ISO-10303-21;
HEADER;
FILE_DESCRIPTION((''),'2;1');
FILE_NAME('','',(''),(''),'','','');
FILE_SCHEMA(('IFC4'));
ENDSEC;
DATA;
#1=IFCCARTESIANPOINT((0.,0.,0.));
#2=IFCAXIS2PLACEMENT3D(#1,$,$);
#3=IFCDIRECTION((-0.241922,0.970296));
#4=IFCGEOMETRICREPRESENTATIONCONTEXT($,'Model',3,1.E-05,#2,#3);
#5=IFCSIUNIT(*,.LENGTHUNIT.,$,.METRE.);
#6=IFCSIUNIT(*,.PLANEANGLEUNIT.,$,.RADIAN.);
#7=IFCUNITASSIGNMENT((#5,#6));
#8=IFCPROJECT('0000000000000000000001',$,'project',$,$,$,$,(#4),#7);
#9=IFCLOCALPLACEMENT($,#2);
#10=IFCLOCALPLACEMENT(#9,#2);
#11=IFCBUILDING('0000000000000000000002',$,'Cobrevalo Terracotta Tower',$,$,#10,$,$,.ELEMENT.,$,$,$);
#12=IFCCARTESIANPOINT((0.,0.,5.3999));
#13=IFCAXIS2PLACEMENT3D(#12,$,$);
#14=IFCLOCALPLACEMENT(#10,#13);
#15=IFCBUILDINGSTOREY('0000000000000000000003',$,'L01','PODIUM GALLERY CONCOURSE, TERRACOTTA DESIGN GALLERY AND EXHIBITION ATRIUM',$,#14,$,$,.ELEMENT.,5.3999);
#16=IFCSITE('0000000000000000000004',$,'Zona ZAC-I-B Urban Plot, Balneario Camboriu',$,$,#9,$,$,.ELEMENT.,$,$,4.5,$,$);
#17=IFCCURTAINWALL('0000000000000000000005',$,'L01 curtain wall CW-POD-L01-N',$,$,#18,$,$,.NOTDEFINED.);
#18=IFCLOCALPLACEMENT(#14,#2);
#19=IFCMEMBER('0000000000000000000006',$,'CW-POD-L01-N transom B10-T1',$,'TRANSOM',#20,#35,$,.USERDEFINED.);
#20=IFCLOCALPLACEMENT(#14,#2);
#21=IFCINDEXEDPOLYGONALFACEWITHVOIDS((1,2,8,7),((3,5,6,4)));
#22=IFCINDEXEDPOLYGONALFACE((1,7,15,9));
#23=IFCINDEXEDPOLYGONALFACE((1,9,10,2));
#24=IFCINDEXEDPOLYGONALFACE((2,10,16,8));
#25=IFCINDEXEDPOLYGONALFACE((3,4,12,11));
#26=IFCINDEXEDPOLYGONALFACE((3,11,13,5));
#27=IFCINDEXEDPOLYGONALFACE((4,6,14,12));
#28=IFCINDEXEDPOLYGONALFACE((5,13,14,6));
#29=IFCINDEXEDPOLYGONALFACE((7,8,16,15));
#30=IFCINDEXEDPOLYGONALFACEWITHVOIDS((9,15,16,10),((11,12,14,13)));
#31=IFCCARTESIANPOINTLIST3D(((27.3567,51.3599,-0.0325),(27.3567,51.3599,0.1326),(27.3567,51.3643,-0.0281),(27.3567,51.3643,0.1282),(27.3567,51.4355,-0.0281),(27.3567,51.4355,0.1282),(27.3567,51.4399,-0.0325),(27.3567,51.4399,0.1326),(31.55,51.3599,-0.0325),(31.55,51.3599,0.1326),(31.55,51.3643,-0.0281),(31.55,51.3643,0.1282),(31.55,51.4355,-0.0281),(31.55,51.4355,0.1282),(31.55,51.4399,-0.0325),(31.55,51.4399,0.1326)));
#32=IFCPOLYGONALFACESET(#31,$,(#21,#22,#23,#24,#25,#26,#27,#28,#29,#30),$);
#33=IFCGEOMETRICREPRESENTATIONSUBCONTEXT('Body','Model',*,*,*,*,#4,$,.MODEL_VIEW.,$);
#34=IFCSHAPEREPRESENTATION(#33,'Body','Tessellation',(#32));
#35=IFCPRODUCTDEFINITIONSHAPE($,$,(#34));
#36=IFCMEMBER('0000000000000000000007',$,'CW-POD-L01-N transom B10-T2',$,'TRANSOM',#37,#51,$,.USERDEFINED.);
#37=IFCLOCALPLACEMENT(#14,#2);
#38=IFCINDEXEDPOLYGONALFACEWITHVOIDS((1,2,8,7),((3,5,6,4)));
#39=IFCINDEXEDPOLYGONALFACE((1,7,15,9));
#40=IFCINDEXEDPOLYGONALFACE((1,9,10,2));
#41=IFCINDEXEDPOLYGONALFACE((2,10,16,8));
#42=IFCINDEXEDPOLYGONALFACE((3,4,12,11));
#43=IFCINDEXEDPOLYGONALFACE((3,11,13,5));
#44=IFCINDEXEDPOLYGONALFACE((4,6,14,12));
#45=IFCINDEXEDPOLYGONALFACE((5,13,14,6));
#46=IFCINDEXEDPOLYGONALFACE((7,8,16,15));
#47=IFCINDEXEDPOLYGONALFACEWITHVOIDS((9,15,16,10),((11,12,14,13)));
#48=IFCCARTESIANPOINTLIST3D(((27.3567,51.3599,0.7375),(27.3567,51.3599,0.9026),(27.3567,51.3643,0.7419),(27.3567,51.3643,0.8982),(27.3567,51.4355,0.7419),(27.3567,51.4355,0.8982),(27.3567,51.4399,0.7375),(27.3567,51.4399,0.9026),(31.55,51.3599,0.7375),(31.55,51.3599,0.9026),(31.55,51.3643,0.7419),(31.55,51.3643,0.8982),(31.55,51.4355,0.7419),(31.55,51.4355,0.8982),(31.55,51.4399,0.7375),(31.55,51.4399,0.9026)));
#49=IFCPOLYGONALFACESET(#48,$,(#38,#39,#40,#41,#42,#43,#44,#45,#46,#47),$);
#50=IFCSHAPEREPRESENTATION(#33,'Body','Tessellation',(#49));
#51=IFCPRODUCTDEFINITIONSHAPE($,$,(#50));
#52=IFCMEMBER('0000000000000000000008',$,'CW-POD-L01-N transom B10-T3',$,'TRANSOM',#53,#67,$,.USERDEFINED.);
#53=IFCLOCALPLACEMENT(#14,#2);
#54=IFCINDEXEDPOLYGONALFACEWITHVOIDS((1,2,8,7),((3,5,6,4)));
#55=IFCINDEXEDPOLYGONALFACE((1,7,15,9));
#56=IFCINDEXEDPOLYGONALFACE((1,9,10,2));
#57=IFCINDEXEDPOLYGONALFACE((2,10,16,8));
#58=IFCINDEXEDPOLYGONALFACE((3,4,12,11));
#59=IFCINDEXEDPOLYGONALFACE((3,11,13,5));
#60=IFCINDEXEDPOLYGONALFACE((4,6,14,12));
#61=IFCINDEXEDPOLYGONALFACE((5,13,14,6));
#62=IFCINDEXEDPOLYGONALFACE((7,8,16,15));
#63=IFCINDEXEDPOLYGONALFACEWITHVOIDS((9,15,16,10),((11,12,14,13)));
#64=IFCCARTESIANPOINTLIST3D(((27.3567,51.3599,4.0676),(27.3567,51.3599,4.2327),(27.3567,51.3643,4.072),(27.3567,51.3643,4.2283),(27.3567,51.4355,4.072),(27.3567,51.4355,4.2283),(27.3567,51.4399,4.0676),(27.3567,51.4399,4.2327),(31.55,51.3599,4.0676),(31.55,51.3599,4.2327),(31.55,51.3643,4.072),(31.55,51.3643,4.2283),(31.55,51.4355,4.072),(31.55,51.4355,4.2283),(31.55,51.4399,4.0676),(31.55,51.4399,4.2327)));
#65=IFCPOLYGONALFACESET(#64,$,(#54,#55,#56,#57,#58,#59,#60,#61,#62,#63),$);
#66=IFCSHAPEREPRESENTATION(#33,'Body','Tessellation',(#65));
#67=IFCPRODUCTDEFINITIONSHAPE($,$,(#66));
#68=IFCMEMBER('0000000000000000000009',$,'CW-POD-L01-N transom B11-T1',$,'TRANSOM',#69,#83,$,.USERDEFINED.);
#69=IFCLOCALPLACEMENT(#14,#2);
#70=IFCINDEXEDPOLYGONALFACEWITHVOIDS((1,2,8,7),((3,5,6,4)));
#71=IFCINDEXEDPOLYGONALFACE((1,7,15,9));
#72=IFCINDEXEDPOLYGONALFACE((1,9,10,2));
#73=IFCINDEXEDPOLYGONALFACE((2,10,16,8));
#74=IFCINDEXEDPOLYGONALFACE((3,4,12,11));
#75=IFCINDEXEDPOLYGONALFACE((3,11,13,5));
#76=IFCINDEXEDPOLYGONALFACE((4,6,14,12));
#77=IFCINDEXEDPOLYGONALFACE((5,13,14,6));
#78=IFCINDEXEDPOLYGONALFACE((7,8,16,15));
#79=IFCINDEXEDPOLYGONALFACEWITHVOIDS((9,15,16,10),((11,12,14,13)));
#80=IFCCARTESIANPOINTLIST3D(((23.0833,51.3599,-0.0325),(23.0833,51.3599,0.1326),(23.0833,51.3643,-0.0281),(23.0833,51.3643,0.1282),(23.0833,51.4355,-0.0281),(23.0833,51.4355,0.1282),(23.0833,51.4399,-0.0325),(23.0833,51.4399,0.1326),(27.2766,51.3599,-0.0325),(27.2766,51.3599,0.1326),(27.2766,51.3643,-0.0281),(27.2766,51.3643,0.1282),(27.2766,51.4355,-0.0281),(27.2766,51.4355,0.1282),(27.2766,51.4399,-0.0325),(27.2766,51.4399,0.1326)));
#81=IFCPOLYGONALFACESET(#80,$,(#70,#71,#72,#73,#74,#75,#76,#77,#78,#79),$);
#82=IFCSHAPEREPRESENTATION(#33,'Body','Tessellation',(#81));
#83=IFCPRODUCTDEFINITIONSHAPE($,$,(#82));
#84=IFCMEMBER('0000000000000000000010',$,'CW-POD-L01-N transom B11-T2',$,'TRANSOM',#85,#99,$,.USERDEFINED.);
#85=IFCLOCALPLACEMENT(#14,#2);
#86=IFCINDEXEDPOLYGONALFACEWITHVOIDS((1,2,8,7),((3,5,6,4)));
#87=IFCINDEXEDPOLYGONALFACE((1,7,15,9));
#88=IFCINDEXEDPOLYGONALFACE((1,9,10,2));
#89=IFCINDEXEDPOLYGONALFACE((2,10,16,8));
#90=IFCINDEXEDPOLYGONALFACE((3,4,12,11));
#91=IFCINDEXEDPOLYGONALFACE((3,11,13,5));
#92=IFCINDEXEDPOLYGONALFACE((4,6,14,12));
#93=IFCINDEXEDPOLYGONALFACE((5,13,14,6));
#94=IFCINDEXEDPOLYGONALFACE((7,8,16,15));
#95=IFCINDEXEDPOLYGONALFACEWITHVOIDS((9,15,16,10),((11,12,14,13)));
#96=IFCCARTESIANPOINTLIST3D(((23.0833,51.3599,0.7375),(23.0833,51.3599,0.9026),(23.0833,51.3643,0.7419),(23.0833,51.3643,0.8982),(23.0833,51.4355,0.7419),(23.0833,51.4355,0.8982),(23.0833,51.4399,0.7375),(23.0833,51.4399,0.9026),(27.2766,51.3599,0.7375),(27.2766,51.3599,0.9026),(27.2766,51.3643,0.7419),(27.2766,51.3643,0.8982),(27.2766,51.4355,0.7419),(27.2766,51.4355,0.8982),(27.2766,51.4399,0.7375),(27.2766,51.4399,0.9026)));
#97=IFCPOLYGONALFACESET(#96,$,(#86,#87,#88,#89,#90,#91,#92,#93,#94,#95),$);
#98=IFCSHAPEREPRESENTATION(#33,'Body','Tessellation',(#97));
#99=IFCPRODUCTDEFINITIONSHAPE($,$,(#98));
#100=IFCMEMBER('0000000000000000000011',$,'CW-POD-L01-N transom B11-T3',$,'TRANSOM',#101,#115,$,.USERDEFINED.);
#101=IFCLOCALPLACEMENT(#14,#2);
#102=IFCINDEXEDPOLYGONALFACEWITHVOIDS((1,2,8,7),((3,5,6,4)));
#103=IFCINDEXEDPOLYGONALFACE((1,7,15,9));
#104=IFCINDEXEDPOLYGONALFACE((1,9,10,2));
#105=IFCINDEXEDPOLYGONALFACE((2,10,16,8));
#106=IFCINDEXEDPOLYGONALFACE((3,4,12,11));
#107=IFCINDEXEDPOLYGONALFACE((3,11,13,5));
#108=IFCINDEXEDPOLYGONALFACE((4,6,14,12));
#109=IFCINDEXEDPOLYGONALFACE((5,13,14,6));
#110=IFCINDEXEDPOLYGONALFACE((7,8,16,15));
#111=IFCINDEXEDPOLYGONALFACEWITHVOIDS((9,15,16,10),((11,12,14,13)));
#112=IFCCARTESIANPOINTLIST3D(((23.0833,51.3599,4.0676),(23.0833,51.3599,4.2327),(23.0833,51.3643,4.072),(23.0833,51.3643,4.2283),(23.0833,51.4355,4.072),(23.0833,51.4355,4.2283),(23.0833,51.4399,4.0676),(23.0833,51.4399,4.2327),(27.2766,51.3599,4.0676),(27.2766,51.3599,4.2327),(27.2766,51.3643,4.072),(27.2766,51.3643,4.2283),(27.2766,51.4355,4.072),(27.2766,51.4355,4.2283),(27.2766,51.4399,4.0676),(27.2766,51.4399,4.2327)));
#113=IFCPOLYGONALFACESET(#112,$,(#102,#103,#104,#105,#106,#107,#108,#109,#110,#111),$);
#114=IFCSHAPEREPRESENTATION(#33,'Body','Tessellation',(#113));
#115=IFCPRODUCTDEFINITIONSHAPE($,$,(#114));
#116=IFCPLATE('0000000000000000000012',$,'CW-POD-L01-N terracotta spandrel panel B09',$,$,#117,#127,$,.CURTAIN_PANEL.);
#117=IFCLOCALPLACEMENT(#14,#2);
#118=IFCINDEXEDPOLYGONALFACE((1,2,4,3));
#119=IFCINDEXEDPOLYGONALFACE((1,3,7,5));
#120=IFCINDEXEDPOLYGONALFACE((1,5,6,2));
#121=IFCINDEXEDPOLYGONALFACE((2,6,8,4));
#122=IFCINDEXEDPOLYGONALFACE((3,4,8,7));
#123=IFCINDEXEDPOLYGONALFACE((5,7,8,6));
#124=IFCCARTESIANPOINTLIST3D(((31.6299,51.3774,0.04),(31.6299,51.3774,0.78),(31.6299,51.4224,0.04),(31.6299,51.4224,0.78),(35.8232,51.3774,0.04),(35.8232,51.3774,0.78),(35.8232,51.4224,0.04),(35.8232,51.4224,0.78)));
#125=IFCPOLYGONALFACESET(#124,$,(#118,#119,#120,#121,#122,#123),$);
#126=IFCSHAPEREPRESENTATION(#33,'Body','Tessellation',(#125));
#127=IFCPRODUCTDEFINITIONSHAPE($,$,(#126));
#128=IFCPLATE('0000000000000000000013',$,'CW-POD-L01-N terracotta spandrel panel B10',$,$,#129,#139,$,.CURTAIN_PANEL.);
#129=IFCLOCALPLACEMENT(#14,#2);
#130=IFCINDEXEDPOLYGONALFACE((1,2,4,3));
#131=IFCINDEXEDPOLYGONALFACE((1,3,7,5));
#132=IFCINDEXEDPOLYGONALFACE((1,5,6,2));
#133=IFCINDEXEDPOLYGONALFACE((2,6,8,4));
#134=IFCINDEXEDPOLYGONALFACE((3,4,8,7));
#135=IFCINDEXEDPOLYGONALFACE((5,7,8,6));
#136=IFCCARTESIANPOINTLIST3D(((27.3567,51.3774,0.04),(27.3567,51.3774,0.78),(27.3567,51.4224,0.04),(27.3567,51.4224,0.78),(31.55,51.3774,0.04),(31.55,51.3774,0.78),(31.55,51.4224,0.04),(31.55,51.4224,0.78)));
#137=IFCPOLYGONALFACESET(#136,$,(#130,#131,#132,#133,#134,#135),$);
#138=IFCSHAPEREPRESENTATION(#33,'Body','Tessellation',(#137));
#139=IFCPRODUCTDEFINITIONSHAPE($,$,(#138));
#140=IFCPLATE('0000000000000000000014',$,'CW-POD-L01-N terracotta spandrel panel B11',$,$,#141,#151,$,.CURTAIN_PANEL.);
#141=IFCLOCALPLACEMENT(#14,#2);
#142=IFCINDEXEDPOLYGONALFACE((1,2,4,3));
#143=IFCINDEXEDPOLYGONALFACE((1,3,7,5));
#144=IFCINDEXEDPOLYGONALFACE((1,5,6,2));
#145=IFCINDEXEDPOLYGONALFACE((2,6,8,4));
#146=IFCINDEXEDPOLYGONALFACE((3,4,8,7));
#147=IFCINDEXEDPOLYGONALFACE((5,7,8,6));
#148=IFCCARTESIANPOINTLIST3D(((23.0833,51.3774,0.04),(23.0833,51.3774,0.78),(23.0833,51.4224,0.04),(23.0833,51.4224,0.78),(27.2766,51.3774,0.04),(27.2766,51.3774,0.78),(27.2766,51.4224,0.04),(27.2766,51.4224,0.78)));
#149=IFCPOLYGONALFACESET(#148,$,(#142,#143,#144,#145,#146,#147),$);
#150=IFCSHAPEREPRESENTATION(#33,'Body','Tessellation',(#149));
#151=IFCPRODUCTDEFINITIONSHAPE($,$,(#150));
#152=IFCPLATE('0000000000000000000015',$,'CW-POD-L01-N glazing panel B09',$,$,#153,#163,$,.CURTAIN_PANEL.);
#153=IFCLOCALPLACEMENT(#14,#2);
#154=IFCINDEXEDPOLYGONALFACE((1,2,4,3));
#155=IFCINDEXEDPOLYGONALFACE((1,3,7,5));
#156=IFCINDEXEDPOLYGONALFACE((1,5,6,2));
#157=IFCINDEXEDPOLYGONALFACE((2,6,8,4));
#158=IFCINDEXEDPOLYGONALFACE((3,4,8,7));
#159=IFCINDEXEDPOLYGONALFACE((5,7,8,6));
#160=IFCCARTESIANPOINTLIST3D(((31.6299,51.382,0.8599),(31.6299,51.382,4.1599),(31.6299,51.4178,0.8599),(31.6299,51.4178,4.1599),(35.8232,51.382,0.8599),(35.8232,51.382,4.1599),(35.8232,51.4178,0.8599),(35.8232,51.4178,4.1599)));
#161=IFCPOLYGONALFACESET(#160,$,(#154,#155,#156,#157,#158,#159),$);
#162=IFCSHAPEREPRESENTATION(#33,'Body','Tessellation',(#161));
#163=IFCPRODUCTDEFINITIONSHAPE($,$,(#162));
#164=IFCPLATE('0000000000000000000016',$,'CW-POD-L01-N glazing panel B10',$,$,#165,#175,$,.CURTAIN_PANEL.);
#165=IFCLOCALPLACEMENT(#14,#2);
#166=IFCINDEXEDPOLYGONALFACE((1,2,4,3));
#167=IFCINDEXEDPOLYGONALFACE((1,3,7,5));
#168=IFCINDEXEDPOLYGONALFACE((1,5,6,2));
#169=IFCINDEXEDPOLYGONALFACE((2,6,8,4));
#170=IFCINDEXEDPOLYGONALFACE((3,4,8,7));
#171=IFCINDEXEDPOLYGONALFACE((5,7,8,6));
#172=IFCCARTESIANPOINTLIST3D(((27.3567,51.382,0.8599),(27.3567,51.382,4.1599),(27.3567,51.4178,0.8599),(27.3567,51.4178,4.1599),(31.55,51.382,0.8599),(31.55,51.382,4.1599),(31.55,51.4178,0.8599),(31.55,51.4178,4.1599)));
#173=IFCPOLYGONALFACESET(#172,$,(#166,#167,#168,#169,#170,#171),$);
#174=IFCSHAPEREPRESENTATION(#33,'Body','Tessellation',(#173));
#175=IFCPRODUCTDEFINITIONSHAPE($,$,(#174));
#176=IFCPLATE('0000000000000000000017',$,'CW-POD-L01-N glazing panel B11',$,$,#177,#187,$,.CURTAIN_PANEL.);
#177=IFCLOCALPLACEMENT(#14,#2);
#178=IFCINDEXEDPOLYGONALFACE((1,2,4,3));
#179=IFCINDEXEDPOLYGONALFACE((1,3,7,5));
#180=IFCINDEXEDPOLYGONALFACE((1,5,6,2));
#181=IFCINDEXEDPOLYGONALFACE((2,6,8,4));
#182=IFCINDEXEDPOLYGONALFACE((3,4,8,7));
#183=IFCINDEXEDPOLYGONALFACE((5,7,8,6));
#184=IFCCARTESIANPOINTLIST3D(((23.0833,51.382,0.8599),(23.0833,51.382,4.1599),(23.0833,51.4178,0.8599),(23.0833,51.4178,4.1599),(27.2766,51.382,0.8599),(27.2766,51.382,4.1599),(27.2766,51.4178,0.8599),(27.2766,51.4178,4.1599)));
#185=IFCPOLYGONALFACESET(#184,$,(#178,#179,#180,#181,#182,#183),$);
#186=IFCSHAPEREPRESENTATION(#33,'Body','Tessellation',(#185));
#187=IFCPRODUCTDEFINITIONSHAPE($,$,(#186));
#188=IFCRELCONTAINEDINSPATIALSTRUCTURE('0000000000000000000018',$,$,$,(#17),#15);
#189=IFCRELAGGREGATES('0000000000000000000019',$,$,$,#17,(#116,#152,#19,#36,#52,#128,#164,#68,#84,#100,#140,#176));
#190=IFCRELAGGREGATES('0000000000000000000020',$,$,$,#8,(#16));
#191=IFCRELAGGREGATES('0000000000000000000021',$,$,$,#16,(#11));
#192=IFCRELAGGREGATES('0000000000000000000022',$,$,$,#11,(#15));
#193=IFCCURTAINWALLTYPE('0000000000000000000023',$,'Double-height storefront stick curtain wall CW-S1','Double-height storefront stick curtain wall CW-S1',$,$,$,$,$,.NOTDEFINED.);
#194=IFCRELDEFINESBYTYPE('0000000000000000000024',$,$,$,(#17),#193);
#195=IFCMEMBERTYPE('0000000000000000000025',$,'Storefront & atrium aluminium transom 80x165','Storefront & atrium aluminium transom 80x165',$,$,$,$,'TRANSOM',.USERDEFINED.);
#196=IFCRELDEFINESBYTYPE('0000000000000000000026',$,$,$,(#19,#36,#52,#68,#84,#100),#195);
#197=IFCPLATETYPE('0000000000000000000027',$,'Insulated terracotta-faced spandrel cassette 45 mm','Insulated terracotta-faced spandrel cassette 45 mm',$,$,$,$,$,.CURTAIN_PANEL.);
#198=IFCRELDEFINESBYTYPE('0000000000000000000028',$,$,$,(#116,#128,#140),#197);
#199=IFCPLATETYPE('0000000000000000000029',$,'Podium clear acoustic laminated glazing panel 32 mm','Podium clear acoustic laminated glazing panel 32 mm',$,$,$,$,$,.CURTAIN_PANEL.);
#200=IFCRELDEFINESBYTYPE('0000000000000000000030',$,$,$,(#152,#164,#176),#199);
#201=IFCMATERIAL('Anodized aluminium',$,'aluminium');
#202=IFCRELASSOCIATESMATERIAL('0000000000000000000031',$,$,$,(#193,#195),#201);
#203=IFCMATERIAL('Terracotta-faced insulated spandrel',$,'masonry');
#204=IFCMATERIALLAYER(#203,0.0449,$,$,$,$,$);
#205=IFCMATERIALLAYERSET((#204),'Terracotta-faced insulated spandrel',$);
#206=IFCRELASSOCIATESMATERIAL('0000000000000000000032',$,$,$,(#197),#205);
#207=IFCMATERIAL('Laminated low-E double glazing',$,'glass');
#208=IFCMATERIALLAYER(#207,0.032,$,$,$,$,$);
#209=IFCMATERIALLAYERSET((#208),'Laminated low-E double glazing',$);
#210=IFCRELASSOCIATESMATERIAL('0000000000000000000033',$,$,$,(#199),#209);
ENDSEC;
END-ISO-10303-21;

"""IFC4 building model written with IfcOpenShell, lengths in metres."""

from ifc_helpers import new_model, si_unit, direction, frame, origin, origin_2d, place, context, subcontext, project, spatial, rectangle, hollow_rectangle, extrude, source, transform, mapped, material, layer, layer_set, material_profile, profile_set, type_object, element, aggregate, save


model = new_model("IFC4")

# Units and contexts
model_context = context("Model", 3, precision=1e-05, world=origin(), true_north=direction((-0.241922, 0.970296)))
body_context = subcontext(model_context, "Body", "Model", "MODEL_VIEW")
ifc_project = project(units=[si_unit("LENGTHUNIT", "METRE"), si_unit("PLANEANGLEUNIT", "RADIAN")], contexts=[model_context])

# Site, building, storey
site_placement = place(None, origin())
site = spatial("IfcSite", under=ifc_project, at=site_placement, Name="Zona ZAC-I-B Urban Plot, Balneario Camboriu", CompositionType="ELEMENT", RefElevation=4.5)
building_placement = place(site_placement, origin())
building = spatial("IfcBuilding", under=site, at=building_placement, Name="Cobrevalo Terracotta Tower", CompositionType="ELEMENT")
storey_placement = place(building_placement, frame((0.0, 0.0, 5.3999)))
storey = spatial("IfcBuildingStorey", under=building, at=storey_placement, Name="L01", Description="PODIUM GALLERY CONCOURSE, TERRACOTTA DESIGN GALLERY AND EXHIBITION ATRIUM", CompositionType="ELEMENT", Elevation=5.3999)

# Curtain wall, members, plates
ifc_material_1 = material(Name="Anodized aluminium", Category="aluminium")
curtain_wall_type = type_object("IfcCurtainWallType", Name="Double-height storefront stick curtain wall CW-S1", Description="Double-height storefront stick curtain wall CW-S1", PredefinedType="NOTDEFINED", material=ifc_material_1)
curtain_wall_placement = place(storey_placement, origin())
curtain_wall = element("IfcCurtainWall", 1, at=curtain_wall_placement, inside=storey, type_object=curtain_wall_type, Name="L01 curtain wall CW-POD-L01-N", PredefinedType="NOTDEFINED")
ifc_material_profile_1 = material_profile(ifc_material_1, hollow_rectangle(XDim=0.0801, YDim=0.165, WallThickness=0.0044, at=origin_2d()), Name="CWT 80x165")
ifc_profile_set_1 = profile_set([ifc_material_profile_1], Name="Anodized aluminium")
member_type_1 = type_object("IfcMemberType", Name="Storefront & atrium aluminium transom 80x165", Description="Storefront & atrium aluminium transom 80x165", ElementType="TRANSOM", PredefinedType="USERDEFINED", material=ifc_profile_set_1)
shared_shape_1 = source(origin(), body_context, "Body", "SweptSolid", [
    extrude(hollow_rectangle(XDim=0.0801, YDim=0.165, WallThickness=0.0044, at=origin_2d()), origin(), (0.0, 0.0, 1.0), 4.1934),
])
member_1_placement = place(storey_placement, frame((31.55, 51.3999, 0.05), z_axis=(-1.0, 0.0, 0.0), x_axis=(0.0, -1.0, 0.0)))
member_1 = element("IfcMember", 2, at=member_1_placement, type_object=member_type_1, Name="CW-POD-L01-N transom B10-T1", ObjectType="TRANSOM", PredefinedType="USERDEFINED", context=body_context, shape_type="MappedRepresentation", body=[
    mapped(shared_shape_1, transform((0.0, 0.0, 0.0), scale=1.0)),
])
member_2_placement = place(storey_placement, frame((31.55, 51.3999, 0.8201), z_axis=(-1.0, 0.0, 0.0), x_axis=(0.0, -1.0, 0.0)))
member_2 = element("IfcMember", 3, at=member_2_placement, type_object=member_type_1, Name="CW-POD-L01-N transom B10-T2", ObjectType="TRANSOM", PredefinedType="USERDEFINED", context=body_context, shape_type="MappedRepresentation", body=[
    mapped(shared_shape_1, transform((0.0, 0.0, 0.0), scale=1.0)),
])
member_3_placement = place(storey_placement, frame((31.55, 51.3999, 4.1501), z_axis=(-1.0, 0.0, 0.0), x_axis=(0.0, -1.0, 0.0)))
member_3 = element("IfcMember", 4, at=member_3_placement, type_object=member_type_1, Name="CW-POD-L01-N transom B10-T3", ObjectType="TRANSOM", PredefinedType="USERDEFINED", context=body_context, shape_type="MappedRepresentation", body=[
    mapped(shared_shape_1, transform((0.0, 0.0, 0.0), scale=1.0)),
])
member_4_placement = place(storey_placement, frame((27.2766, 51.3999, 0.05), z_axis=(-1.0, 0.0, 0.0), x_axis=(0.0, -1.0, 0.0)))
member_4 = element("IfcMember", 5, at=member_4_placement, type_object=member_type_1, Name="CW-POD-L01-N transom B11-T1", ObjectType="TRANSOM", PredefinedType="USERDEFINED", context=body_context, shape_type="MappedRepresentation", body=[
    mapped(shared_shape_1, transform((0.0, 0.0, 0.0), scale=1.0)),
])
member_5_placement = place(storey_placement, frame((27.2766, 51.3999, 0.8201), z_axis=(-1.0, 0.0, 0.0), x_axis=(0.0, -1.0, 0.0)))
member_5 = element("IfcMember", 6, at=member_5_placement, type_object=member_type_1, Name="CW-POD-L01-N transom B11-T2", ObjectType="TRANSOM", PredefinedType="USERDEFINED", context=body_context, shape_type="MappedRepresentation", body=[
    mapped(shared_shape_1, transform((0.0, 0.0, 0.0), scale=1.0)),
])
member_6_placement = place(storey_placement, frame((27.2766, 51.3999, 4.1501), z_axis=(-1.0, 0.0, 0.0), x_axis=(0.0, -1.0, 0.0)))
member_6 = element("IfcMember", 7, at=member_6_placement, type_object=member_type_1, Name="CW-POD-L01-N transom B11-T3", ObjectType="TRANSOM", PredefinedType="USERDEFINED", context=body_context, shape_type="MappedRepresentation", body=[
    mapped(shared_shape_1, transform((0.0, 0.0, 0.0), scale=1.0)),
])
ifc_material_2 = material(Name="Terracotta-faced insulated spandrel", Category="masonry")
ifc_layer_1 = layer(ifc_material_2, 0.0449)
ifc_layer_set_1 = layer_set([ifc_layer_1], Name="Terracotta-faced insulated spandrel")
plate_type_1 = type_object("IfcPlateType", Name="Insulated terracotta-faced spandrel cassette 45 mm", Description="Insulated terracotta-faced spandrel cassette 45 mm", PredefinedType="CURTAIN_PANEL", material=ifc_layer_set_1)
shared_shape_2 = source(origin(), body_context, "Body", "SweptSolid", [
    extrude(rectangle(XDim=4.1934, YDim=0.0449, at=origin_2d()), origin(), (0.0, 0.0, 1.0), 0.74),
])
plate_1_placement = place(storey_placement, frame((33.7266, 51.3999, 0.04), z_axis=(0.0, 0.0, 1.0), x_axis=(-1.0, 0.0, 0.0)))
plate_1 = element("IfcPlate", 8, at=plate_1_placement, type_object=plate_type_1, Name="CW-POD-L01-N terracotta spandrel panel B09", PredefinedType="CURTAIN_PANEL", context=body_context, shape_type="MappedRepresentation", body=[
    mapped(shared_shape_2, transform((0.0, 0.0, 0.0), scale=1.0)),
])
plate_2_placement = place(storey_placement, frame((29.4534, 51.3999, 0.04), z_axis=(0.0, 0.0, 1.0), x_axis=(-1.0, 0.0, 0.0)))
plate_2 = element("IfcPlate", 9, at=plate_2_placement, type_object=plate_type_1, Name="CW-POD-L01-N terracotta spandrel panel B10", PredefinedType="CURTAIN_PANEL", context=body_context, shape_type="MappedRepresentation", body=[
    mapped(shared_shape_2, transform((0.0, 0.0, 0.0), scale=1.0)),
])
plate_3_placement = place(storey_placement, frame((25.1799, 51.3999, 0.04), z_axis=(0.0, 0.0, 1.0), x_axis=(-1.0, 0.0, 0.0)))
plate_3 = element("IfcPlate", 10, at=plate_3_placement, type_object=plate_type_1, Name="CW-POD-L01-N terracotta spandrel panel B11", PredefinedType="CURTAIN_PANEL", context=body_context, shape_type="MappedRepresentation", body=[
    mapped(shared_shape_2, transform((0.0, 0.0, 0.0), scale=1.0)),
])
ifc_material_3 = material(Name="Laminated low-E double glazing", Category="glass")
ifc_layer_2 = layer(ifc_material_3, 0.032)
ifc_layer_set_2 = layer_set([ifc_layer_2], Name="Laminated low-E double glazing")
plate_type_2 = type_object("IfcPlateType", Name="Podium clear acoustic laminated glazing panel 32 mm", Description="Podium clear acoustic laminated glazing panel 32 mm", PredefinedType="CURTAIN_PANEL", material=ifc_layer_set_2)
shared_shape_3 = source(origin(), body_context, "Body", "SweptSolid", [
    extrude(rectangle(XDim=4.1934, YDim=0.0359, at=origin_2d()), origin(), (0.0, 0.0, 1.0), 3.3),
])
plate_4_placement = place(storey_placement, frame((33.7266, 51.3999, 0.8599), z_axis=(0.0, 0.0, 1.0), x_axis=(-1.0, 0.0, 0.0)))
plate_4 = element("IfcPlate", 11, at=plate_4_placement, type_object=plate_type_2, Name="CW-POD-L01-N glazing panel B09", PredefinedType="CURTAIN_PANEL", context=body_context, shape_type="MappedRepresentation", body=[
    mapped(shared_shape_3, transform((0.0, 0.0, 0.0), scale=1.0)),
])
plate_5_placement = place(storey_placement, frame((29.4534, 51.3999, 0.8599), z_axis=(0.0, 0.0, 1.0), x_axis=(-1.0, 0.0, 0.0)))
plate_5 = element("IfcPlate", 12, at=plate_5_placement, type_object=plate_type_2, Name="CW-POD-L01-N glazing panel B10", PredefinedType="CURTAIN_PANEL", context=body_context, shape_type="MappedRepresentation", body=[
    mapped(shared_shape_3, transform((0.0, 0.0, 0.0), scale=1.0)),
])
plate_6_placement = place(storey_placement, frame((25.1799, 51.3999, 0.8599), z_axis=(0.0, 0.0, 1.0), x_axis=(-1.0, 0.0, 0.0)))
plate_6 = element("IfcPlate", 13, at=plate_6_placement, type_object=plate_type_2, Name="CW-POD-L01-N glazing panel B11", PredefinedType="CURTAIN_PANEL", context=body_context, shape_type="MappedRepresentation", body=[
    mapped(shared_shape_3, transform((0.0, 0.0, 0.0), scale=1.0)),
])
aggregate(curtain_wall, [plate_1, plate_4, member_1, member_2, member_3, plate_2, plate_5, member_4, member_5, member_6, plate_3, plate_6])

save(model, "model.ifc")
